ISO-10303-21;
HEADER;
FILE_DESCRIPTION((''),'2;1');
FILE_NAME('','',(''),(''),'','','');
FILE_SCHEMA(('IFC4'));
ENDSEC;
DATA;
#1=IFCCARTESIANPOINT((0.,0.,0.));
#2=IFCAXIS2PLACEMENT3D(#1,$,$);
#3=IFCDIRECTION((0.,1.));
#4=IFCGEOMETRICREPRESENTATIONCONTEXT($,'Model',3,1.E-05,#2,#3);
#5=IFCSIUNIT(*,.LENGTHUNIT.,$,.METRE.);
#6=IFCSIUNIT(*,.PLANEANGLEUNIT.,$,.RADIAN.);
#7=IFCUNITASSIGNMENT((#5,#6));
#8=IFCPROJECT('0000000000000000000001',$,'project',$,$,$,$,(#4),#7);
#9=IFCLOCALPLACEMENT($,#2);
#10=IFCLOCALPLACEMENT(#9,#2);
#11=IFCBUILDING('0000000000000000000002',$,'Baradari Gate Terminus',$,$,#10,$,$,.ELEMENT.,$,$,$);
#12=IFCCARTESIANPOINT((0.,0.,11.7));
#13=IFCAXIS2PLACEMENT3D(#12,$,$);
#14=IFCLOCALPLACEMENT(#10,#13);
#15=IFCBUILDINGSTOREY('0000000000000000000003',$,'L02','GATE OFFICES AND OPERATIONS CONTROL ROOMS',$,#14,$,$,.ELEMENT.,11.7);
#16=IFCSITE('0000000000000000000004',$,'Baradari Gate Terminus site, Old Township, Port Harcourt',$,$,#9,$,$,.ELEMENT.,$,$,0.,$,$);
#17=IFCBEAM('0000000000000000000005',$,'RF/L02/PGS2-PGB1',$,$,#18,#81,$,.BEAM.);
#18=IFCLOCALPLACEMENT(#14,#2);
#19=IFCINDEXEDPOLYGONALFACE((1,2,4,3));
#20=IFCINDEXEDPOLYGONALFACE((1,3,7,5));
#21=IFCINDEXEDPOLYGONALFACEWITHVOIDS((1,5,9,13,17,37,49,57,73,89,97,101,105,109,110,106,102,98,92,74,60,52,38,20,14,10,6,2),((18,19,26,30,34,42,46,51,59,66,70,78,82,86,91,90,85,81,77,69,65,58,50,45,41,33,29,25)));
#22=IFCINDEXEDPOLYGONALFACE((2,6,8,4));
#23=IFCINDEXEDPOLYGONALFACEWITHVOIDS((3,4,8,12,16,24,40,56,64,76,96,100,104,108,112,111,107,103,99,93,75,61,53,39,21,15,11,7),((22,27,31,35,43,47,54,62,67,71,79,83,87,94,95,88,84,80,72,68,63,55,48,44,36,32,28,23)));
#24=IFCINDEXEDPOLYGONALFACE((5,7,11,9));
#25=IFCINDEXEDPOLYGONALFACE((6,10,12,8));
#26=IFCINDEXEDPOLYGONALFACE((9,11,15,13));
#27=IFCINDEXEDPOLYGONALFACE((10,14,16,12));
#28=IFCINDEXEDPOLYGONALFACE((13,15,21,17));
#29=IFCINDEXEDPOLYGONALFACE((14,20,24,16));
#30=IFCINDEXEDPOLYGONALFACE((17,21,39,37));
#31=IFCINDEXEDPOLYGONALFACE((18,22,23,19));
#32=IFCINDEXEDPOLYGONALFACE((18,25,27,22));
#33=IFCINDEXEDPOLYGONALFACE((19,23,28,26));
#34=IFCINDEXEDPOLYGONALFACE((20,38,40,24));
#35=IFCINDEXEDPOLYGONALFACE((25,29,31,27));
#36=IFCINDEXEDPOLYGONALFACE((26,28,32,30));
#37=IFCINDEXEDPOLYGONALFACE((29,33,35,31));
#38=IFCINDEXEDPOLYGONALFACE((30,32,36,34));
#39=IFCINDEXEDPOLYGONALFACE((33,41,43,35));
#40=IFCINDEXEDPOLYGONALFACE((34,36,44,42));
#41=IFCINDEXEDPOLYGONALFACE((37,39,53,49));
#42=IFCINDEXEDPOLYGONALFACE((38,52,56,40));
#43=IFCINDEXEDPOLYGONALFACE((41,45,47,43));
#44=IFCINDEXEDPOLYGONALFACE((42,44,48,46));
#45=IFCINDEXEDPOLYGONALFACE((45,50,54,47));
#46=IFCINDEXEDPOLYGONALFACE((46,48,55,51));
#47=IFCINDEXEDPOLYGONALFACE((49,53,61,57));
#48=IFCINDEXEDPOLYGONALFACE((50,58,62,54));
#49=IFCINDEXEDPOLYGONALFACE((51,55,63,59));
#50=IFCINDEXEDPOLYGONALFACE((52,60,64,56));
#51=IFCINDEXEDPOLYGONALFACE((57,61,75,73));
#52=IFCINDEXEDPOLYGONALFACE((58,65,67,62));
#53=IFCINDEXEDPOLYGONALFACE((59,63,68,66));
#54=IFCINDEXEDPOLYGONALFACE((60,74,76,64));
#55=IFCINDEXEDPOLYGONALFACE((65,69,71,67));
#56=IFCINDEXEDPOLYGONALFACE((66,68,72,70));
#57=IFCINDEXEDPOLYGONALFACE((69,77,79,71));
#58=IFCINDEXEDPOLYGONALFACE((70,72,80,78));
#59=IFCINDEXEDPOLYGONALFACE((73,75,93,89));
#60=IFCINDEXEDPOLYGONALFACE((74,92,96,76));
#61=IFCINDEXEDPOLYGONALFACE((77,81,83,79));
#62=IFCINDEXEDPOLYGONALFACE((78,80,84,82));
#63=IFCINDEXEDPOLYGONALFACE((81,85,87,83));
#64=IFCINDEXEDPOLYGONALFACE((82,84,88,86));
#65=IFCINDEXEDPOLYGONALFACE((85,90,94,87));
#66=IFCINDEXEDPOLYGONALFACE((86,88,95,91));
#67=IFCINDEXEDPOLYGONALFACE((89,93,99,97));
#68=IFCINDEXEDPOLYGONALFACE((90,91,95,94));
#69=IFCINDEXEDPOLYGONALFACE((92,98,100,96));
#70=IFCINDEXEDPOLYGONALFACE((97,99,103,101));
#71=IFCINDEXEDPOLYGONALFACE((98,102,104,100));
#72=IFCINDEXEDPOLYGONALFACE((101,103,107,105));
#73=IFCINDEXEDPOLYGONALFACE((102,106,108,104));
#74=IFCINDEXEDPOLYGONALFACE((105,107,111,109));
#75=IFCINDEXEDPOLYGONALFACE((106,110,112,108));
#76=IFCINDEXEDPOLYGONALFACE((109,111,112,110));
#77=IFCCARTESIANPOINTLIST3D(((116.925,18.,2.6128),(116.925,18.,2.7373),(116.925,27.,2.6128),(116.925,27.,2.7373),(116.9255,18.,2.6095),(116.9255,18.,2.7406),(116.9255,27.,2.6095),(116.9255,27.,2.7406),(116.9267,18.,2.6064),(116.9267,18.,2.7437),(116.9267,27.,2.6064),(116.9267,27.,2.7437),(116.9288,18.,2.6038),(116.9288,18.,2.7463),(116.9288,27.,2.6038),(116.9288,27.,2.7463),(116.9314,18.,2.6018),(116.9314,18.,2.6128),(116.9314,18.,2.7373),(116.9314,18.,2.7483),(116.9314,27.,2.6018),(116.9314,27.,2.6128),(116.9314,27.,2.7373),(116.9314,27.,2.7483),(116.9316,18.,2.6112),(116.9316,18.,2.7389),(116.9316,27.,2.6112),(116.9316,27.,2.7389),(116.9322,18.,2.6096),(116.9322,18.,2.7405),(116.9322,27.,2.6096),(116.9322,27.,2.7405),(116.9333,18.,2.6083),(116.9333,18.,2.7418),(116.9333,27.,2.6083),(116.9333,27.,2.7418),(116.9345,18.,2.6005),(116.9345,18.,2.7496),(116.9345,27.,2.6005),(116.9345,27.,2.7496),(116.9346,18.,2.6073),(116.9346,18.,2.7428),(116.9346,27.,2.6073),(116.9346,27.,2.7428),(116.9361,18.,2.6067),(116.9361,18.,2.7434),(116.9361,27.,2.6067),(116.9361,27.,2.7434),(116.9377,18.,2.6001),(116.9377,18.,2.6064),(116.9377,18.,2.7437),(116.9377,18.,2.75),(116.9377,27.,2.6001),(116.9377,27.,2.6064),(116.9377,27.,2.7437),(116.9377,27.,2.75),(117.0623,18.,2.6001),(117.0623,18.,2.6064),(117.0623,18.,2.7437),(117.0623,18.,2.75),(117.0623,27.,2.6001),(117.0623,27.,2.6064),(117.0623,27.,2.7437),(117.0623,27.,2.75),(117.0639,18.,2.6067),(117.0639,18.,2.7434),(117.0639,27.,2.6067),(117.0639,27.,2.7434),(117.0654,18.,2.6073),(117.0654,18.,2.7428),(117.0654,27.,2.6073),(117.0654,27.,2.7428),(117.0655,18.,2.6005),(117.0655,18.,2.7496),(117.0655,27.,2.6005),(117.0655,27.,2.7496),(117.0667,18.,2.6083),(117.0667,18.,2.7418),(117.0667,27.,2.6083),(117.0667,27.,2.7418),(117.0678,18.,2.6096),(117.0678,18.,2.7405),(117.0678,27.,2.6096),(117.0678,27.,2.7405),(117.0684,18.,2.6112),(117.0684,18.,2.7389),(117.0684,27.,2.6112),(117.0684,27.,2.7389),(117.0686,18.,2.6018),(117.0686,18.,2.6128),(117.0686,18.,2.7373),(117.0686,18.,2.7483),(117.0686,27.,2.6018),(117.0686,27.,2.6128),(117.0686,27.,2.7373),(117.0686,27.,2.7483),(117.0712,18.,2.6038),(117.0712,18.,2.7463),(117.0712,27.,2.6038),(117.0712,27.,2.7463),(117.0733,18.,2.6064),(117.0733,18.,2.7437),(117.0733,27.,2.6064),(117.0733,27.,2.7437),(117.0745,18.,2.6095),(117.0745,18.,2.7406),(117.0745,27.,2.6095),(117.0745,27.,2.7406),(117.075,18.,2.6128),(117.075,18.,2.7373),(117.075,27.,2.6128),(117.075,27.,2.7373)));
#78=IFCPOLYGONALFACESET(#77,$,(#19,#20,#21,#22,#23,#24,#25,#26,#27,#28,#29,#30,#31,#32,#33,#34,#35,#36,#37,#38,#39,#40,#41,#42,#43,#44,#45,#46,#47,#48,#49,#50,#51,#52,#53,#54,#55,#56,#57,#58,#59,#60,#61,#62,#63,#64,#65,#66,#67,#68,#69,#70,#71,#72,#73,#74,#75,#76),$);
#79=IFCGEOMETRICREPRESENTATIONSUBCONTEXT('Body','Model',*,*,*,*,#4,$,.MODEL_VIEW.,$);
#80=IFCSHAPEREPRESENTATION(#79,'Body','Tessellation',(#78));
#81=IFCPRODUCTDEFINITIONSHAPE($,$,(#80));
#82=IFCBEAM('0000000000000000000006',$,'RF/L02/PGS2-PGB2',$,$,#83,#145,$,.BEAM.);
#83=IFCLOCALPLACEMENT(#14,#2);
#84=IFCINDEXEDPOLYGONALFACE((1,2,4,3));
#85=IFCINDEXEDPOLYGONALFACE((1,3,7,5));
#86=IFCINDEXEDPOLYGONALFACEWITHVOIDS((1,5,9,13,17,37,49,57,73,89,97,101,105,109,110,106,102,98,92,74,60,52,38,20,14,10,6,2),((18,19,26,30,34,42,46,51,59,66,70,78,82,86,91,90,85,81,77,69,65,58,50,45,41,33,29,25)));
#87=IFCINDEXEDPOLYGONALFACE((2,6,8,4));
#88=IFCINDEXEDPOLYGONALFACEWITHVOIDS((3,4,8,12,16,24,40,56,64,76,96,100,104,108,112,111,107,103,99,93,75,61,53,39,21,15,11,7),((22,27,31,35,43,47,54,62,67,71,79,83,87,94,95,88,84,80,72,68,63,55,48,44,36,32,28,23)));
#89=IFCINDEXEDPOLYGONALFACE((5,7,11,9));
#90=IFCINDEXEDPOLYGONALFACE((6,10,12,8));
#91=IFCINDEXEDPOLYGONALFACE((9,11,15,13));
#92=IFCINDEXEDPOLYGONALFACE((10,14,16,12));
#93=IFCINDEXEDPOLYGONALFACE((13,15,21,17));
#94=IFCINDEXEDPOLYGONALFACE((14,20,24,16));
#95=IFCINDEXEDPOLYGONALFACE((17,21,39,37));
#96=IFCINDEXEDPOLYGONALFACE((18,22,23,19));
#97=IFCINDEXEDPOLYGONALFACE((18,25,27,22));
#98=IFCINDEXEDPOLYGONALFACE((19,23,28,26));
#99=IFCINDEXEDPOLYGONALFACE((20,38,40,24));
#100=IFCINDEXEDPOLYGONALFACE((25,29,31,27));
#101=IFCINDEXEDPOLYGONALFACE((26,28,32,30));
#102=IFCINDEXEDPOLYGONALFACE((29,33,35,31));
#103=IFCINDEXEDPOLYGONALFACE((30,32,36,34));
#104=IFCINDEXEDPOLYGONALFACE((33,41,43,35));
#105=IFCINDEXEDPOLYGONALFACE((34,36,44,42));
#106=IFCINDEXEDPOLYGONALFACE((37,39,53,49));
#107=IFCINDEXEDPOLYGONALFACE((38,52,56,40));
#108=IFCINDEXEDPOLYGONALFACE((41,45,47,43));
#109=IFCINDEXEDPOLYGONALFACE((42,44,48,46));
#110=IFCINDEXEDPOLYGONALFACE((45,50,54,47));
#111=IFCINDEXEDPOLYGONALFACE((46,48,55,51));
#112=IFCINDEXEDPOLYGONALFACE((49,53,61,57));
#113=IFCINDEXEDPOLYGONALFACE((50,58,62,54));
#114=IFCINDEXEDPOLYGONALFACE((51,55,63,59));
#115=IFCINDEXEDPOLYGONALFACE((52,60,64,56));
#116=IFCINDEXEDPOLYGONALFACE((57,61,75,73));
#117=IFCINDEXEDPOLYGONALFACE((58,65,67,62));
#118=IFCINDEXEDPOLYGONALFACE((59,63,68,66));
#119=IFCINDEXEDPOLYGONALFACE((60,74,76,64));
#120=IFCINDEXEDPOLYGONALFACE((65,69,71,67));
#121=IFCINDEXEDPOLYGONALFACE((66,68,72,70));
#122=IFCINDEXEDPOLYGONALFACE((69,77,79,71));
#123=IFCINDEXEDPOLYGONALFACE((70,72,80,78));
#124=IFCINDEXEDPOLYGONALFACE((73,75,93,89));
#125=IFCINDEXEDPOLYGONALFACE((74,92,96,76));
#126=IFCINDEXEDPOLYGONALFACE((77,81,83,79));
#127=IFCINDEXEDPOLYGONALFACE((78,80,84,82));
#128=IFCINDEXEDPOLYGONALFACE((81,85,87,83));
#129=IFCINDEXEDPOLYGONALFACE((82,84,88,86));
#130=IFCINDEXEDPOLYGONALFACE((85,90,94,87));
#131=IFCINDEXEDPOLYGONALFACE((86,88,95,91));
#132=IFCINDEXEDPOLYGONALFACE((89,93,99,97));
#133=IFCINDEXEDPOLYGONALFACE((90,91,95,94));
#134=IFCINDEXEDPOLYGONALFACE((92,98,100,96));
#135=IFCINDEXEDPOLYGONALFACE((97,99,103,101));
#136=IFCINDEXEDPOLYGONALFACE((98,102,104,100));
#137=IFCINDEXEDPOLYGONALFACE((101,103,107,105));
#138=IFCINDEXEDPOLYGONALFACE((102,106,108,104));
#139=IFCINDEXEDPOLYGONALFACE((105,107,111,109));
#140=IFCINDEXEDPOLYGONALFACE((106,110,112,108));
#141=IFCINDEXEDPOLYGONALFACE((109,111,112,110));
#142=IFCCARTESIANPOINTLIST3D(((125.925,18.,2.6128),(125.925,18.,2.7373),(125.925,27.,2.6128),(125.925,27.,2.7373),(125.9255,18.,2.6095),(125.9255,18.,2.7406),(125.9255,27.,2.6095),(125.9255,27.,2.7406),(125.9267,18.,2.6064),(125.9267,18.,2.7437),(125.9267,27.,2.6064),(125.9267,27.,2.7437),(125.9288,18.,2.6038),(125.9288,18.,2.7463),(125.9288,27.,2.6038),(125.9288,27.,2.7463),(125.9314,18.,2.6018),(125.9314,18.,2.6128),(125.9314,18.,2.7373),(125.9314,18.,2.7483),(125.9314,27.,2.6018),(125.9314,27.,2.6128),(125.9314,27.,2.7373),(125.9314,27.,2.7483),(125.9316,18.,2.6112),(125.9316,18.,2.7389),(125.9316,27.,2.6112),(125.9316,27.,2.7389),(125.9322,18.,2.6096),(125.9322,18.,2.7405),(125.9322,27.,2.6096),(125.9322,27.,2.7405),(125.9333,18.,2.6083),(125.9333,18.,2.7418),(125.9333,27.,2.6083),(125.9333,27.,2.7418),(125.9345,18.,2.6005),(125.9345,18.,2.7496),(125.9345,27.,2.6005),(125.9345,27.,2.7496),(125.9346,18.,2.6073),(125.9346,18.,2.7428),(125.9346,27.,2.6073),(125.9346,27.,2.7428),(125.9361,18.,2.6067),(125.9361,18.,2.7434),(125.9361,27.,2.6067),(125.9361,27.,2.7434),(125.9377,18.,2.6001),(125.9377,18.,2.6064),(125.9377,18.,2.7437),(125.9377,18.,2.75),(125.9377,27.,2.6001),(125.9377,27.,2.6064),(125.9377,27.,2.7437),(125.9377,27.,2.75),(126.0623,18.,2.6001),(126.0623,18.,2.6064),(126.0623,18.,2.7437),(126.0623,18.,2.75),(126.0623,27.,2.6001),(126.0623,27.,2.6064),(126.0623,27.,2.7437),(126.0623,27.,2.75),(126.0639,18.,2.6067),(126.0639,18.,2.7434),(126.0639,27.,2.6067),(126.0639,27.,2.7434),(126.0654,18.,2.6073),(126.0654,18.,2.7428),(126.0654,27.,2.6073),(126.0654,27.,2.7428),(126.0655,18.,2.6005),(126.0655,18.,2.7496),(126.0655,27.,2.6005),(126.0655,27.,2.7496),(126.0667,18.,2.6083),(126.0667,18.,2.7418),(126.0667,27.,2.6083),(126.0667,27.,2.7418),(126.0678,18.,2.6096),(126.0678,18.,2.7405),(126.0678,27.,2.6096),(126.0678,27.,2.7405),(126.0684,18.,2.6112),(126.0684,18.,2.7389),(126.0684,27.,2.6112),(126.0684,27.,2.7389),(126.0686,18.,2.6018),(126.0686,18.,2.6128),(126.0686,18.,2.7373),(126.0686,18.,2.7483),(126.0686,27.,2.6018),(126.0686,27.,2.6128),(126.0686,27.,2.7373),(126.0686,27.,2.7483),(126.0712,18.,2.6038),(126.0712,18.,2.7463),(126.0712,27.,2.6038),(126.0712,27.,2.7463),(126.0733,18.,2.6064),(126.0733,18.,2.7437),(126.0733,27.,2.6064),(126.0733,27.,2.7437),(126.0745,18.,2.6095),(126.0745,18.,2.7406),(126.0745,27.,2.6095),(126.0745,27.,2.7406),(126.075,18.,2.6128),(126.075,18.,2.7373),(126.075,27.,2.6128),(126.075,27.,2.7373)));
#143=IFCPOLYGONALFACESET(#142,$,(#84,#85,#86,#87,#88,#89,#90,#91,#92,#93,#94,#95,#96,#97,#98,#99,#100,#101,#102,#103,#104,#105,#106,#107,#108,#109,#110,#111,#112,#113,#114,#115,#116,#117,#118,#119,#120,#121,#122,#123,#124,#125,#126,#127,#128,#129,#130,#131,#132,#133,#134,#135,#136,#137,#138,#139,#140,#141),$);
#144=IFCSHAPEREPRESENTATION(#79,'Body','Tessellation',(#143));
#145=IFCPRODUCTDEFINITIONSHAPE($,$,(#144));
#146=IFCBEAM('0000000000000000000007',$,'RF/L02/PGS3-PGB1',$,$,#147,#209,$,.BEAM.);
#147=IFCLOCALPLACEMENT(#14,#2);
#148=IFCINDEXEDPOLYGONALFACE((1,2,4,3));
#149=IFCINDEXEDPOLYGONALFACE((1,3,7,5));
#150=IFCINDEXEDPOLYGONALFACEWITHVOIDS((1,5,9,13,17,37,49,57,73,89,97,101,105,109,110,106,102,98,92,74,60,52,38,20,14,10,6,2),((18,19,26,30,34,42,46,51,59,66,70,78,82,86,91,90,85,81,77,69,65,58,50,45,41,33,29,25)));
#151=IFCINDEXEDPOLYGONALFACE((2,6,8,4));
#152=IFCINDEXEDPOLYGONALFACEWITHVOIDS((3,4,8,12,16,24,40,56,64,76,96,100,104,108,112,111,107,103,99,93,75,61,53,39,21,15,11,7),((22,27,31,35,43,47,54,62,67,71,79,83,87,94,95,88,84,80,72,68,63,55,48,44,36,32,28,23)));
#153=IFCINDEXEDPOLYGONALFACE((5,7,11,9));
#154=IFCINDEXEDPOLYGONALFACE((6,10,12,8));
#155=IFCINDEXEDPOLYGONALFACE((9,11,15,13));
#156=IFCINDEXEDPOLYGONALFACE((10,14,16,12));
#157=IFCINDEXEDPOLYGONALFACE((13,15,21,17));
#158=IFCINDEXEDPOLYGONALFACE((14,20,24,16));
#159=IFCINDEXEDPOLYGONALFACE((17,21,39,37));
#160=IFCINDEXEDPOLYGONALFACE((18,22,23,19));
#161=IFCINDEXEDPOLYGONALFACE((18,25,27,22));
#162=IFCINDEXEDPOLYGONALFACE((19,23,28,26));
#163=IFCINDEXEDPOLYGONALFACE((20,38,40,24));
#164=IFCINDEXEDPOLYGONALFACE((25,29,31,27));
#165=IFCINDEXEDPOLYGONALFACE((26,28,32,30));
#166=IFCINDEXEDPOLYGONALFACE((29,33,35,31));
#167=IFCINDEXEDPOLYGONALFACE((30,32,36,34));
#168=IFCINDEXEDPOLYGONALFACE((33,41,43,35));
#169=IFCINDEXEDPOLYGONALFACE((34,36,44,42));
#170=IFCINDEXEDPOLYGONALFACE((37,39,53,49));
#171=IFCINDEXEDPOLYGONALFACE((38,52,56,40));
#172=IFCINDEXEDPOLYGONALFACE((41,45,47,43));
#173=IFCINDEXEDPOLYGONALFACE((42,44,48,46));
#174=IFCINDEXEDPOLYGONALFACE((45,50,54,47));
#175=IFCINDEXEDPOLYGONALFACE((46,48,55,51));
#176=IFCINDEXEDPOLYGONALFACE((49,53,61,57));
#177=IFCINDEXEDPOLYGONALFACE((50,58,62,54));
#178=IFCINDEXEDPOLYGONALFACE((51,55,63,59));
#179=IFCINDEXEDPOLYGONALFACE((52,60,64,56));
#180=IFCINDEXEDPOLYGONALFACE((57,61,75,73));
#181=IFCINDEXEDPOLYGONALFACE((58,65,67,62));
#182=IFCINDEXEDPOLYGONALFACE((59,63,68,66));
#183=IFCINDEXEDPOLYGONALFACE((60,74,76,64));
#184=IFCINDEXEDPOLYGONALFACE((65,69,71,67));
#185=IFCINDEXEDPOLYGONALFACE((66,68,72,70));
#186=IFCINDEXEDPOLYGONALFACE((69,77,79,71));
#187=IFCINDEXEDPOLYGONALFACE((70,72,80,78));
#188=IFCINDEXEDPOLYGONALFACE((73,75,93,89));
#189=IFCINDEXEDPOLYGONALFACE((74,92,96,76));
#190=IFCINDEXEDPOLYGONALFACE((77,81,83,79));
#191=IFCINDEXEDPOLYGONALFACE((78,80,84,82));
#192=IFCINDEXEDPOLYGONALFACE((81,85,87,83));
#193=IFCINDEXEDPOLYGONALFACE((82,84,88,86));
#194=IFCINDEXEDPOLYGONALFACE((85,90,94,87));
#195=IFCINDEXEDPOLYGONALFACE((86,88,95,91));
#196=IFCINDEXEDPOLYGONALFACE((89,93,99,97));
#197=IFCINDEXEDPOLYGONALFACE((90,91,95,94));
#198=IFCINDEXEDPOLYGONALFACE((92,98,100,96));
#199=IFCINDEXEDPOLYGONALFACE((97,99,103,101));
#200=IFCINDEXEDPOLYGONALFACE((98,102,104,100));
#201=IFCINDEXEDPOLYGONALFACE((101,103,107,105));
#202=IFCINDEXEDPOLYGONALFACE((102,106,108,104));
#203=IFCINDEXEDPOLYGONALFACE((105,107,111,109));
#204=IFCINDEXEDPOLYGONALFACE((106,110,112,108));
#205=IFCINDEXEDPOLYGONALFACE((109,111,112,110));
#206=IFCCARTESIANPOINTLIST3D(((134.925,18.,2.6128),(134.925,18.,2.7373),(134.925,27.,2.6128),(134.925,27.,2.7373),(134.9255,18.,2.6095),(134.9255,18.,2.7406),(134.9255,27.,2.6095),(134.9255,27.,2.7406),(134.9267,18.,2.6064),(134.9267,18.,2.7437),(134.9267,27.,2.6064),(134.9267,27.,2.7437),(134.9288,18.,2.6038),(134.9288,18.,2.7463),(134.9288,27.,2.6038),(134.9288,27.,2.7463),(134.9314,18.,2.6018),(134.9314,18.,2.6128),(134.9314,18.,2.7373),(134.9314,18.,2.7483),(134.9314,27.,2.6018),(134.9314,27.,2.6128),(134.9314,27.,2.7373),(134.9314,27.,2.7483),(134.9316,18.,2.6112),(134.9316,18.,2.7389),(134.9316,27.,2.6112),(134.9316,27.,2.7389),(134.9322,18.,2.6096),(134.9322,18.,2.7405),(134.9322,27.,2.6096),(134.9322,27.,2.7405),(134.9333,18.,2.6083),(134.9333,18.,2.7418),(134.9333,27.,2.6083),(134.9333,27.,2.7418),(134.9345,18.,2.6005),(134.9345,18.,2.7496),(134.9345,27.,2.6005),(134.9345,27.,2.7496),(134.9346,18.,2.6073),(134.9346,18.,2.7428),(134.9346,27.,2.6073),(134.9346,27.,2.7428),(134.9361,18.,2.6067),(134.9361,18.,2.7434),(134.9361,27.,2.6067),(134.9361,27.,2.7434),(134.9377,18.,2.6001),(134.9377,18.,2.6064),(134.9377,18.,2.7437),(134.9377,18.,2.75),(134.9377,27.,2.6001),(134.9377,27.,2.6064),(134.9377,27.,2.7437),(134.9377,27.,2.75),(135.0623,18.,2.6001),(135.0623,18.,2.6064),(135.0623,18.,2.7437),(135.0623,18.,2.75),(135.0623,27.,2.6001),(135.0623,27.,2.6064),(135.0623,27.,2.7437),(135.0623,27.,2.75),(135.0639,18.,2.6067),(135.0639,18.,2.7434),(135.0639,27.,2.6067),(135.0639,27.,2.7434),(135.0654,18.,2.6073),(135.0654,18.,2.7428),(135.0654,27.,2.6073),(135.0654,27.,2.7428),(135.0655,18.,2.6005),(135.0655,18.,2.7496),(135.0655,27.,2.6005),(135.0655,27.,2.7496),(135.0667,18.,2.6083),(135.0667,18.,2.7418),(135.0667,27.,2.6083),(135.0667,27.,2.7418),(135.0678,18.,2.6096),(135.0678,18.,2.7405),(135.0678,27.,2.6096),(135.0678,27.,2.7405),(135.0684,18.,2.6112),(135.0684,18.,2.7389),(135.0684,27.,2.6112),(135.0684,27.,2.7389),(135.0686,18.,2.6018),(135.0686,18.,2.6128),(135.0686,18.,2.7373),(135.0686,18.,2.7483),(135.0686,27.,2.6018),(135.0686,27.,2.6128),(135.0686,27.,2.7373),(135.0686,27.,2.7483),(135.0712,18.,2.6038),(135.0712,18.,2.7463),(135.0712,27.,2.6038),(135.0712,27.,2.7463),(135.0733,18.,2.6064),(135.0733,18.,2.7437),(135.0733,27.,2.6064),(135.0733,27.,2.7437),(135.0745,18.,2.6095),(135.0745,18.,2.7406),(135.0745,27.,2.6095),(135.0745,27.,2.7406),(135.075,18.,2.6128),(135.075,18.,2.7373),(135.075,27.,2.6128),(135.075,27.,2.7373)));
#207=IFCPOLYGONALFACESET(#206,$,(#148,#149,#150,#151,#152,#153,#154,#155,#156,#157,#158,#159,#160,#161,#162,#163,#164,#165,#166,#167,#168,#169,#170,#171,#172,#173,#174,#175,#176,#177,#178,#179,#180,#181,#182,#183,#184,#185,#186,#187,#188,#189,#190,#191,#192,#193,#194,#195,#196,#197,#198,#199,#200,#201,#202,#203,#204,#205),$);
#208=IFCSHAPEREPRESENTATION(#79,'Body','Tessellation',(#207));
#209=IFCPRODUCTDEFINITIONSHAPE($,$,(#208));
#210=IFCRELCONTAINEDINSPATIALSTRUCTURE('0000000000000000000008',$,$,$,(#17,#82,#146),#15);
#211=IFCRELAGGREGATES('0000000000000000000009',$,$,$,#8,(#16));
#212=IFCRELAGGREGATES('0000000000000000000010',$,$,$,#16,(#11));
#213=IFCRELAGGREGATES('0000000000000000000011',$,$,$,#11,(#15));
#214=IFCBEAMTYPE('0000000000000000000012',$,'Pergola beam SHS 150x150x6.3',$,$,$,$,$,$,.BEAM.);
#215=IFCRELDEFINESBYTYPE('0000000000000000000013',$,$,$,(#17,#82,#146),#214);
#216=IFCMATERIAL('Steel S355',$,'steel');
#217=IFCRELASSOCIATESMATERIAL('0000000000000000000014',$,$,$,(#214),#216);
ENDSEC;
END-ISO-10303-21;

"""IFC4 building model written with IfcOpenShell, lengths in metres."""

from ifc_helpers import new_model, si_unit, direction, frame, origin, origin_2d, place, context, subcontext, project, spatial, hollow_rectangle, extrude, material, material_profile, profile_set, type_object, element, save


model = new_model("IFC4")

# Units and contexts
model_context = context("Model", 3, precision=1e-05, world=origin(), true_north=direction((0.0, 1.0)))
body_context = subcontext(model_context, "Body", "Model", "MODEL_VIEW")
ifc_project = project(units=[si_unit("LENGTHUNIT", "METRE"), si_unit("PLANEANGLEUNIT", "RADIAN")], contexts=[model_context])

# Site, building, storey
site_placement = place(None, origin())
site = spatial("IfcSite", under=ifc_project, at=site_placement, Name="Baradari Gate Terminus site, Old Township, Port Harcourt", CompositionType="ELEMENT", RefElevation=0.0)
building_placement = place(site_placement, origin())
building = spatial("IfcBuilding", under=site, at=building_placement, Name="Baradari Gate Terminus", CompositionType="ELEMENT")
storey_placement = place(building_placement, frame((0.0, 0.0, 11.7)))
storey = spatial("IfcBuildingStorey", under=building, at=storey_placement, Name="L02", Description="GATE OFFICES AND OPERATIONS CONTROL ROOMS", CompositionType="ELEMENT", Elevation=11.7)

# Beams
ifc_material_1 = material(Name="Steel S355", Category="steel")
ifc_material_profile_1 = material_profile(ifc_material_1, hollow_rectangle(XDim=0.1499, YDim=0.1499, WallThickness=0.0063, InnerFilletRadius=0.0063, OuterFilletRadius=0.0127, at=origin_2d()), Name="SHS 150x150x6.3")
ifc_profile_set_1 = profile_set([ifc_material_profile_1], Name="Steel S355")
beam_type = type_object("IfcBeamType", Name="Pergola beam SHS 150x150x6.3", PredefinedType="BEAM", material=ifc_profile_set_1)
for number, where, z_axis, x_axis, name in (
    (1, (117.0, 18.0, 2.675), (0.0, 1.0, 0.0), (-1.0, 0.0, 0.0), "RF/L02/PGS2-PGB1"),
    (2, (126.0, 18.0, 2.675), (0.0, 1.0, 0.0), (-1.0, 0.0, 0.0), "RF/L02/PGS2-PGB2"),
    (3, (135.0, 18.0, 2.675), (0.0, 1.0, 0.0), (-1.0, 0.0, 0.0), "RF/L02/PGS3-PGB1"),
):
    element("IfcBeam", number, at=place(storey_placement, frame(where, z_axis=z_axis, x_axis=x_axis)), inside=storey, type_object=beam_type, Name=name, PredefinedType="BEAM", context=body_context, shape_type="SweptSolid", body=[
        extrude(hollow_rectangle(XDim=0.1499, YDim=0.1499, WallThickness=0.0063, InnerFilletRadius=0.0063, OuterFilletRadius=0.0127, at=origin_2d()), origin(), (0.0, 0.0, 1.0), 9.0),
    ])

save(model, "model.ifc")
